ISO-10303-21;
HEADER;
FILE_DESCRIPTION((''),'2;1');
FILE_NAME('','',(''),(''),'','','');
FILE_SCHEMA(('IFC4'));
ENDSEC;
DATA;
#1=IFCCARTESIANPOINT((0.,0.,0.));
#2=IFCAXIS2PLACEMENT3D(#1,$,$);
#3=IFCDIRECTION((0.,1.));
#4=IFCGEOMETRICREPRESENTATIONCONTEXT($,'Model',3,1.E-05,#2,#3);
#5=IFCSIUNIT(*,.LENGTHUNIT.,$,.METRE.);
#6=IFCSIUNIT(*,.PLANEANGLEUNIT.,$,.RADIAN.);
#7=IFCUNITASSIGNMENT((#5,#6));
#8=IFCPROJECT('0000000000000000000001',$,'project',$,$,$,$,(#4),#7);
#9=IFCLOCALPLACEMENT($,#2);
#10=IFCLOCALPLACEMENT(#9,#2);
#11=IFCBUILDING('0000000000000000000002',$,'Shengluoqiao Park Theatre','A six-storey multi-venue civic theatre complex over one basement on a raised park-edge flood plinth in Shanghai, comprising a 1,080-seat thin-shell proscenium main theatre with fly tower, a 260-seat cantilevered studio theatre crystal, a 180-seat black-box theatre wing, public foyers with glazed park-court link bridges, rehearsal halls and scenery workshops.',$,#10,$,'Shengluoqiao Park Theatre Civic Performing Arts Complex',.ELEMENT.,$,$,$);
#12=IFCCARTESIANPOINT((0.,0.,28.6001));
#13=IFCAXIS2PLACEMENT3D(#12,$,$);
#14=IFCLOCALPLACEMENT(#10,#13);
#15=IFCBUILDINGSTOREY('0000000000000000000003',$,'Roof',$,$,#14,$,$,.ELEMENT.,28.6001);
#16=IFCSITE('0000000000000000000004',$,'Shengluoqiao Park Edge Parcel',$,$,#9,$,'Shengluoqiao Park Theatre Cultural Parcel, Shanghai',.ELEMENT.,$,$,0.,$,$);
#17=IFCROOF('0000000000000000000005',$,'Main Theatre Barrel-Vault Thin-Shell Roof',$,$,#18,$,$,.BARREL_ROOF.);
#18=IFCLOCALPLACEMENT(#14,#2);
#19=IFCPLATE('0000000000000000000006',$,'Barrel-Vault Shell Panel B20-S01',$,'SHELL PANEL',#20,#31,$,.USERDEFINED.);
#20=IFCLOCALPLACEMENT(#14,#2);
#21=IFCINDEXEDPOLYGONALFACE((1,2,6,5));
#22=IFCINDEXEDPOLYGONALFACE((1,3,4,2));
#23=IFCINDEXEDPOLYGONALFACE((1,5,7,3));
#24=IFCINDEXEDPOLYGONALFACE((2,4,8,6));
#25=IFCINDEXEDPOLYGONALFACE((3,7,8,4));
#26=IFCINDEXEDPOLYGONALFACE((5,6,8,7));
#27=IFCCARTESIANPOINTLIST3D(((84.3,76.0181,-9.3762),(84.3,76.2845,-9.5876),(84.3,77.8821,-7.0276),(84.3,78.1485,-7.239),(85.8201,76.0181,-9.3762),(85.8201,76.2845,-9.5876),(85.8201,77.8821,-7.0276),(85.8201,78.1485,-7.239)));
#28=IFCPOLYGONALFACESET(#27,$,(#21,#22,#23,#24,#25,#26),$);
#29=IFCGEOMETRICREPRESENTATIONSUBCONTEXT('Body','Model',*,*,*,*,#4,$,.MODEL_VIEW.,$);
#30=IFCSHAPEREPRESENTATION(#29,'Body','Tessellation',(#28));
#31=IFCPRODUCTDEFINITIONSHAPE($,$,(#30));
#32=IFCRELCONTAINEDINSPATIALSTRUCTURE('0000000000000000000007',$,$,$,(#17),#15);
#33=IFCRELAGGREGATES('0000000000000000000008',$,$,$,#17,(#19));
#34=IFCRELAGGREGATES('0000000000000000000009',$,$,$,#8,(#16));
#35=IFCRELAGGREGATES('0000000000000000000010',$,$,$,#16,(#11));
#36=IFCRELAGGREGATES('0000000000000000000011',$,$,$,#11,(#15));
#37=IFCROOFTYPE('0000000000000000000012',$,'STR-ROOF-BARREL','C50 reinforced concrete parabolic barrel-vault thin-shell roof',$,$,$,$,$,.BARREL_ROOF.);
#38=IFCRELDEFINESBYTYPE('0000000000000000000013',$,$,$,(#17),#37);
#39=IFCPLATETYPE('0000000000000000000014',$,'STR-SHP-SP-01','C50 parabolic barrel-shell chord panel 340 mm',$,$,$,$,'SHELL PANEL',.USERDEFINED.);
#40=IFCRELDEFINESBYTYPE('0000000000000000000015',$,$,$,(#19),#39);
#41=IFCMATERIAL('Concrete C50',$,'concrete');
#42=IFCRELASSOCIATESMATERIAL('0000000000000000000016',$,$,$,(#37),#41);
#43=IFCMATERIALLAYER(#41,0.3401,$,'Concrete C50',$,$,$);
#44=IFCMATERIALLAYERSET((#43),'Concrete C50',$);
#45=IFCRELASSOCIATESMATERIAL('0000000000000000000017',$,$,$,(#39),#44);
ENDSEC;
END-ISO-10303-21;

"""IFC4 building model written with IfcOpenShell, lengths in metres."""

from ifc_helpers import new_model, si_unit, direction, frame, origin, place, context, subcontext, project, spatial, polyline, outline, extrude, material, layer, layer_set, type_object, element, aggregate, save


model = new_model("IFC4")

# Units and contexts
model_context = context("Model", 3, precision=1e-05, world=origin(), true_north=direction((0.0, 1.0)))
body_context = subcontext(model_context, "Body", "Model", "MODEL_VIEW")
ifc_project = project(units=[si_unit("LENGTHUNIT", "METRE"), si_unit("PLANEANGLEUNIT", "RADIAN")], contexts=[model_context])

# Site, building, storey
site_placement = place(None, origin())
site = spatial("IfcSite", under=ifc_project, at=site_placement, Name="Shengluoqiao Park Edge Parcel", LongName="Shengluoqiao Park Theatre Cultural Parcel, Shanghai", CompositionType="ELEMENT", RefElevation=0.0)
building_placement = place(site_placement, origin())
building = spatial("IfcBuilding", under=site, at=building_placement, Name="Shengluoqiao Park Theatre", Description="A six-storey multi-venue civic theatre complex over one basement on a raised park-edge flood plinth in Shanghai, comprising a 1,080-seat thin-shell proscenium main theatre with fly tower, a 260-seat cantilevered studio theatre crystal, a 180-seat black-box theatre wing, public foyers with glazed park-court link bridges, rehearsal halls and scenery workshops.", LongName="Shengluoqiao Park Theatre Civic Performing Arts Complex", CompositionType="ELEMENT")
storey_placement = place(building_placement, frame((0.0, 0.0, 28.6001)))
storey = spatial("IfcBuildingStorey", under=building, at=storey_placement, Name="Roof", CompositionType="ELEMENT", Elevation=28.6001)

# Shared definitions
ifc_material_1 = material(Name="Concrete C50", Category="concrete")

# Roof, plate
roof_type = type_object("IfcRoofType", Name="STR-ROOF-BARREL", Description="C50 reinforced concrete parabolic barrel-vault thin-shell roof", PredefinedType="BARREL_ROOF", material=ifc_material_1)
roof_placement = place(storey_placement, origin())
roof = element("IfcRoof", 1, at=roof_placement, inside=storey, type_object=roof_type, Name="Main Theatre Barrel-Vault Thin-Shell Roof", PredefinedType="BARREL_ROOF")
ifc_layer_1 = layer(ifc_material_1, 0.3401, Name="Concrete C50")
ifc_layer_set_1 = layer_set([ifc_layer_1], Name="Concrete C50")
plate_type_1 = type_object("IfcPlateType", Name="STR-SHP-SP-01", Description="C50 parabolic barrel-shell chord panel 340 mm", ElementType="SHELL PANEL", PredefinedType="USERDEFINED", material=ifc_layer_set_1)
plate_placement = place(storey_placement, frame((84.3, 76.0181, -9.3762), z_axis=(0.0, -0.783286, 0.621662), x_axis=(1.0, 0.0, 0.0)))
plate = element("IfcPlate", 2, at=plate_placement, type_object=plate_type_1, Name="Barrel-Vault Shell Panel B20-S01", ObjectType="SHELL PANEL", PredefinedType="USERDEFINED", context=body_context, shape_type="SweptSolid", body=[
    extrude(outline(polyline([(0.0, 0.0), (1.52, 0.0), (1.52, 2.9984), (0.0, 2.9984), (0.0, 0.0)])), origin(), (0.0, 0.0, -1.0), 0.3401),
])
aggregate(roof, [plate])

save(model, "model.ifc")
